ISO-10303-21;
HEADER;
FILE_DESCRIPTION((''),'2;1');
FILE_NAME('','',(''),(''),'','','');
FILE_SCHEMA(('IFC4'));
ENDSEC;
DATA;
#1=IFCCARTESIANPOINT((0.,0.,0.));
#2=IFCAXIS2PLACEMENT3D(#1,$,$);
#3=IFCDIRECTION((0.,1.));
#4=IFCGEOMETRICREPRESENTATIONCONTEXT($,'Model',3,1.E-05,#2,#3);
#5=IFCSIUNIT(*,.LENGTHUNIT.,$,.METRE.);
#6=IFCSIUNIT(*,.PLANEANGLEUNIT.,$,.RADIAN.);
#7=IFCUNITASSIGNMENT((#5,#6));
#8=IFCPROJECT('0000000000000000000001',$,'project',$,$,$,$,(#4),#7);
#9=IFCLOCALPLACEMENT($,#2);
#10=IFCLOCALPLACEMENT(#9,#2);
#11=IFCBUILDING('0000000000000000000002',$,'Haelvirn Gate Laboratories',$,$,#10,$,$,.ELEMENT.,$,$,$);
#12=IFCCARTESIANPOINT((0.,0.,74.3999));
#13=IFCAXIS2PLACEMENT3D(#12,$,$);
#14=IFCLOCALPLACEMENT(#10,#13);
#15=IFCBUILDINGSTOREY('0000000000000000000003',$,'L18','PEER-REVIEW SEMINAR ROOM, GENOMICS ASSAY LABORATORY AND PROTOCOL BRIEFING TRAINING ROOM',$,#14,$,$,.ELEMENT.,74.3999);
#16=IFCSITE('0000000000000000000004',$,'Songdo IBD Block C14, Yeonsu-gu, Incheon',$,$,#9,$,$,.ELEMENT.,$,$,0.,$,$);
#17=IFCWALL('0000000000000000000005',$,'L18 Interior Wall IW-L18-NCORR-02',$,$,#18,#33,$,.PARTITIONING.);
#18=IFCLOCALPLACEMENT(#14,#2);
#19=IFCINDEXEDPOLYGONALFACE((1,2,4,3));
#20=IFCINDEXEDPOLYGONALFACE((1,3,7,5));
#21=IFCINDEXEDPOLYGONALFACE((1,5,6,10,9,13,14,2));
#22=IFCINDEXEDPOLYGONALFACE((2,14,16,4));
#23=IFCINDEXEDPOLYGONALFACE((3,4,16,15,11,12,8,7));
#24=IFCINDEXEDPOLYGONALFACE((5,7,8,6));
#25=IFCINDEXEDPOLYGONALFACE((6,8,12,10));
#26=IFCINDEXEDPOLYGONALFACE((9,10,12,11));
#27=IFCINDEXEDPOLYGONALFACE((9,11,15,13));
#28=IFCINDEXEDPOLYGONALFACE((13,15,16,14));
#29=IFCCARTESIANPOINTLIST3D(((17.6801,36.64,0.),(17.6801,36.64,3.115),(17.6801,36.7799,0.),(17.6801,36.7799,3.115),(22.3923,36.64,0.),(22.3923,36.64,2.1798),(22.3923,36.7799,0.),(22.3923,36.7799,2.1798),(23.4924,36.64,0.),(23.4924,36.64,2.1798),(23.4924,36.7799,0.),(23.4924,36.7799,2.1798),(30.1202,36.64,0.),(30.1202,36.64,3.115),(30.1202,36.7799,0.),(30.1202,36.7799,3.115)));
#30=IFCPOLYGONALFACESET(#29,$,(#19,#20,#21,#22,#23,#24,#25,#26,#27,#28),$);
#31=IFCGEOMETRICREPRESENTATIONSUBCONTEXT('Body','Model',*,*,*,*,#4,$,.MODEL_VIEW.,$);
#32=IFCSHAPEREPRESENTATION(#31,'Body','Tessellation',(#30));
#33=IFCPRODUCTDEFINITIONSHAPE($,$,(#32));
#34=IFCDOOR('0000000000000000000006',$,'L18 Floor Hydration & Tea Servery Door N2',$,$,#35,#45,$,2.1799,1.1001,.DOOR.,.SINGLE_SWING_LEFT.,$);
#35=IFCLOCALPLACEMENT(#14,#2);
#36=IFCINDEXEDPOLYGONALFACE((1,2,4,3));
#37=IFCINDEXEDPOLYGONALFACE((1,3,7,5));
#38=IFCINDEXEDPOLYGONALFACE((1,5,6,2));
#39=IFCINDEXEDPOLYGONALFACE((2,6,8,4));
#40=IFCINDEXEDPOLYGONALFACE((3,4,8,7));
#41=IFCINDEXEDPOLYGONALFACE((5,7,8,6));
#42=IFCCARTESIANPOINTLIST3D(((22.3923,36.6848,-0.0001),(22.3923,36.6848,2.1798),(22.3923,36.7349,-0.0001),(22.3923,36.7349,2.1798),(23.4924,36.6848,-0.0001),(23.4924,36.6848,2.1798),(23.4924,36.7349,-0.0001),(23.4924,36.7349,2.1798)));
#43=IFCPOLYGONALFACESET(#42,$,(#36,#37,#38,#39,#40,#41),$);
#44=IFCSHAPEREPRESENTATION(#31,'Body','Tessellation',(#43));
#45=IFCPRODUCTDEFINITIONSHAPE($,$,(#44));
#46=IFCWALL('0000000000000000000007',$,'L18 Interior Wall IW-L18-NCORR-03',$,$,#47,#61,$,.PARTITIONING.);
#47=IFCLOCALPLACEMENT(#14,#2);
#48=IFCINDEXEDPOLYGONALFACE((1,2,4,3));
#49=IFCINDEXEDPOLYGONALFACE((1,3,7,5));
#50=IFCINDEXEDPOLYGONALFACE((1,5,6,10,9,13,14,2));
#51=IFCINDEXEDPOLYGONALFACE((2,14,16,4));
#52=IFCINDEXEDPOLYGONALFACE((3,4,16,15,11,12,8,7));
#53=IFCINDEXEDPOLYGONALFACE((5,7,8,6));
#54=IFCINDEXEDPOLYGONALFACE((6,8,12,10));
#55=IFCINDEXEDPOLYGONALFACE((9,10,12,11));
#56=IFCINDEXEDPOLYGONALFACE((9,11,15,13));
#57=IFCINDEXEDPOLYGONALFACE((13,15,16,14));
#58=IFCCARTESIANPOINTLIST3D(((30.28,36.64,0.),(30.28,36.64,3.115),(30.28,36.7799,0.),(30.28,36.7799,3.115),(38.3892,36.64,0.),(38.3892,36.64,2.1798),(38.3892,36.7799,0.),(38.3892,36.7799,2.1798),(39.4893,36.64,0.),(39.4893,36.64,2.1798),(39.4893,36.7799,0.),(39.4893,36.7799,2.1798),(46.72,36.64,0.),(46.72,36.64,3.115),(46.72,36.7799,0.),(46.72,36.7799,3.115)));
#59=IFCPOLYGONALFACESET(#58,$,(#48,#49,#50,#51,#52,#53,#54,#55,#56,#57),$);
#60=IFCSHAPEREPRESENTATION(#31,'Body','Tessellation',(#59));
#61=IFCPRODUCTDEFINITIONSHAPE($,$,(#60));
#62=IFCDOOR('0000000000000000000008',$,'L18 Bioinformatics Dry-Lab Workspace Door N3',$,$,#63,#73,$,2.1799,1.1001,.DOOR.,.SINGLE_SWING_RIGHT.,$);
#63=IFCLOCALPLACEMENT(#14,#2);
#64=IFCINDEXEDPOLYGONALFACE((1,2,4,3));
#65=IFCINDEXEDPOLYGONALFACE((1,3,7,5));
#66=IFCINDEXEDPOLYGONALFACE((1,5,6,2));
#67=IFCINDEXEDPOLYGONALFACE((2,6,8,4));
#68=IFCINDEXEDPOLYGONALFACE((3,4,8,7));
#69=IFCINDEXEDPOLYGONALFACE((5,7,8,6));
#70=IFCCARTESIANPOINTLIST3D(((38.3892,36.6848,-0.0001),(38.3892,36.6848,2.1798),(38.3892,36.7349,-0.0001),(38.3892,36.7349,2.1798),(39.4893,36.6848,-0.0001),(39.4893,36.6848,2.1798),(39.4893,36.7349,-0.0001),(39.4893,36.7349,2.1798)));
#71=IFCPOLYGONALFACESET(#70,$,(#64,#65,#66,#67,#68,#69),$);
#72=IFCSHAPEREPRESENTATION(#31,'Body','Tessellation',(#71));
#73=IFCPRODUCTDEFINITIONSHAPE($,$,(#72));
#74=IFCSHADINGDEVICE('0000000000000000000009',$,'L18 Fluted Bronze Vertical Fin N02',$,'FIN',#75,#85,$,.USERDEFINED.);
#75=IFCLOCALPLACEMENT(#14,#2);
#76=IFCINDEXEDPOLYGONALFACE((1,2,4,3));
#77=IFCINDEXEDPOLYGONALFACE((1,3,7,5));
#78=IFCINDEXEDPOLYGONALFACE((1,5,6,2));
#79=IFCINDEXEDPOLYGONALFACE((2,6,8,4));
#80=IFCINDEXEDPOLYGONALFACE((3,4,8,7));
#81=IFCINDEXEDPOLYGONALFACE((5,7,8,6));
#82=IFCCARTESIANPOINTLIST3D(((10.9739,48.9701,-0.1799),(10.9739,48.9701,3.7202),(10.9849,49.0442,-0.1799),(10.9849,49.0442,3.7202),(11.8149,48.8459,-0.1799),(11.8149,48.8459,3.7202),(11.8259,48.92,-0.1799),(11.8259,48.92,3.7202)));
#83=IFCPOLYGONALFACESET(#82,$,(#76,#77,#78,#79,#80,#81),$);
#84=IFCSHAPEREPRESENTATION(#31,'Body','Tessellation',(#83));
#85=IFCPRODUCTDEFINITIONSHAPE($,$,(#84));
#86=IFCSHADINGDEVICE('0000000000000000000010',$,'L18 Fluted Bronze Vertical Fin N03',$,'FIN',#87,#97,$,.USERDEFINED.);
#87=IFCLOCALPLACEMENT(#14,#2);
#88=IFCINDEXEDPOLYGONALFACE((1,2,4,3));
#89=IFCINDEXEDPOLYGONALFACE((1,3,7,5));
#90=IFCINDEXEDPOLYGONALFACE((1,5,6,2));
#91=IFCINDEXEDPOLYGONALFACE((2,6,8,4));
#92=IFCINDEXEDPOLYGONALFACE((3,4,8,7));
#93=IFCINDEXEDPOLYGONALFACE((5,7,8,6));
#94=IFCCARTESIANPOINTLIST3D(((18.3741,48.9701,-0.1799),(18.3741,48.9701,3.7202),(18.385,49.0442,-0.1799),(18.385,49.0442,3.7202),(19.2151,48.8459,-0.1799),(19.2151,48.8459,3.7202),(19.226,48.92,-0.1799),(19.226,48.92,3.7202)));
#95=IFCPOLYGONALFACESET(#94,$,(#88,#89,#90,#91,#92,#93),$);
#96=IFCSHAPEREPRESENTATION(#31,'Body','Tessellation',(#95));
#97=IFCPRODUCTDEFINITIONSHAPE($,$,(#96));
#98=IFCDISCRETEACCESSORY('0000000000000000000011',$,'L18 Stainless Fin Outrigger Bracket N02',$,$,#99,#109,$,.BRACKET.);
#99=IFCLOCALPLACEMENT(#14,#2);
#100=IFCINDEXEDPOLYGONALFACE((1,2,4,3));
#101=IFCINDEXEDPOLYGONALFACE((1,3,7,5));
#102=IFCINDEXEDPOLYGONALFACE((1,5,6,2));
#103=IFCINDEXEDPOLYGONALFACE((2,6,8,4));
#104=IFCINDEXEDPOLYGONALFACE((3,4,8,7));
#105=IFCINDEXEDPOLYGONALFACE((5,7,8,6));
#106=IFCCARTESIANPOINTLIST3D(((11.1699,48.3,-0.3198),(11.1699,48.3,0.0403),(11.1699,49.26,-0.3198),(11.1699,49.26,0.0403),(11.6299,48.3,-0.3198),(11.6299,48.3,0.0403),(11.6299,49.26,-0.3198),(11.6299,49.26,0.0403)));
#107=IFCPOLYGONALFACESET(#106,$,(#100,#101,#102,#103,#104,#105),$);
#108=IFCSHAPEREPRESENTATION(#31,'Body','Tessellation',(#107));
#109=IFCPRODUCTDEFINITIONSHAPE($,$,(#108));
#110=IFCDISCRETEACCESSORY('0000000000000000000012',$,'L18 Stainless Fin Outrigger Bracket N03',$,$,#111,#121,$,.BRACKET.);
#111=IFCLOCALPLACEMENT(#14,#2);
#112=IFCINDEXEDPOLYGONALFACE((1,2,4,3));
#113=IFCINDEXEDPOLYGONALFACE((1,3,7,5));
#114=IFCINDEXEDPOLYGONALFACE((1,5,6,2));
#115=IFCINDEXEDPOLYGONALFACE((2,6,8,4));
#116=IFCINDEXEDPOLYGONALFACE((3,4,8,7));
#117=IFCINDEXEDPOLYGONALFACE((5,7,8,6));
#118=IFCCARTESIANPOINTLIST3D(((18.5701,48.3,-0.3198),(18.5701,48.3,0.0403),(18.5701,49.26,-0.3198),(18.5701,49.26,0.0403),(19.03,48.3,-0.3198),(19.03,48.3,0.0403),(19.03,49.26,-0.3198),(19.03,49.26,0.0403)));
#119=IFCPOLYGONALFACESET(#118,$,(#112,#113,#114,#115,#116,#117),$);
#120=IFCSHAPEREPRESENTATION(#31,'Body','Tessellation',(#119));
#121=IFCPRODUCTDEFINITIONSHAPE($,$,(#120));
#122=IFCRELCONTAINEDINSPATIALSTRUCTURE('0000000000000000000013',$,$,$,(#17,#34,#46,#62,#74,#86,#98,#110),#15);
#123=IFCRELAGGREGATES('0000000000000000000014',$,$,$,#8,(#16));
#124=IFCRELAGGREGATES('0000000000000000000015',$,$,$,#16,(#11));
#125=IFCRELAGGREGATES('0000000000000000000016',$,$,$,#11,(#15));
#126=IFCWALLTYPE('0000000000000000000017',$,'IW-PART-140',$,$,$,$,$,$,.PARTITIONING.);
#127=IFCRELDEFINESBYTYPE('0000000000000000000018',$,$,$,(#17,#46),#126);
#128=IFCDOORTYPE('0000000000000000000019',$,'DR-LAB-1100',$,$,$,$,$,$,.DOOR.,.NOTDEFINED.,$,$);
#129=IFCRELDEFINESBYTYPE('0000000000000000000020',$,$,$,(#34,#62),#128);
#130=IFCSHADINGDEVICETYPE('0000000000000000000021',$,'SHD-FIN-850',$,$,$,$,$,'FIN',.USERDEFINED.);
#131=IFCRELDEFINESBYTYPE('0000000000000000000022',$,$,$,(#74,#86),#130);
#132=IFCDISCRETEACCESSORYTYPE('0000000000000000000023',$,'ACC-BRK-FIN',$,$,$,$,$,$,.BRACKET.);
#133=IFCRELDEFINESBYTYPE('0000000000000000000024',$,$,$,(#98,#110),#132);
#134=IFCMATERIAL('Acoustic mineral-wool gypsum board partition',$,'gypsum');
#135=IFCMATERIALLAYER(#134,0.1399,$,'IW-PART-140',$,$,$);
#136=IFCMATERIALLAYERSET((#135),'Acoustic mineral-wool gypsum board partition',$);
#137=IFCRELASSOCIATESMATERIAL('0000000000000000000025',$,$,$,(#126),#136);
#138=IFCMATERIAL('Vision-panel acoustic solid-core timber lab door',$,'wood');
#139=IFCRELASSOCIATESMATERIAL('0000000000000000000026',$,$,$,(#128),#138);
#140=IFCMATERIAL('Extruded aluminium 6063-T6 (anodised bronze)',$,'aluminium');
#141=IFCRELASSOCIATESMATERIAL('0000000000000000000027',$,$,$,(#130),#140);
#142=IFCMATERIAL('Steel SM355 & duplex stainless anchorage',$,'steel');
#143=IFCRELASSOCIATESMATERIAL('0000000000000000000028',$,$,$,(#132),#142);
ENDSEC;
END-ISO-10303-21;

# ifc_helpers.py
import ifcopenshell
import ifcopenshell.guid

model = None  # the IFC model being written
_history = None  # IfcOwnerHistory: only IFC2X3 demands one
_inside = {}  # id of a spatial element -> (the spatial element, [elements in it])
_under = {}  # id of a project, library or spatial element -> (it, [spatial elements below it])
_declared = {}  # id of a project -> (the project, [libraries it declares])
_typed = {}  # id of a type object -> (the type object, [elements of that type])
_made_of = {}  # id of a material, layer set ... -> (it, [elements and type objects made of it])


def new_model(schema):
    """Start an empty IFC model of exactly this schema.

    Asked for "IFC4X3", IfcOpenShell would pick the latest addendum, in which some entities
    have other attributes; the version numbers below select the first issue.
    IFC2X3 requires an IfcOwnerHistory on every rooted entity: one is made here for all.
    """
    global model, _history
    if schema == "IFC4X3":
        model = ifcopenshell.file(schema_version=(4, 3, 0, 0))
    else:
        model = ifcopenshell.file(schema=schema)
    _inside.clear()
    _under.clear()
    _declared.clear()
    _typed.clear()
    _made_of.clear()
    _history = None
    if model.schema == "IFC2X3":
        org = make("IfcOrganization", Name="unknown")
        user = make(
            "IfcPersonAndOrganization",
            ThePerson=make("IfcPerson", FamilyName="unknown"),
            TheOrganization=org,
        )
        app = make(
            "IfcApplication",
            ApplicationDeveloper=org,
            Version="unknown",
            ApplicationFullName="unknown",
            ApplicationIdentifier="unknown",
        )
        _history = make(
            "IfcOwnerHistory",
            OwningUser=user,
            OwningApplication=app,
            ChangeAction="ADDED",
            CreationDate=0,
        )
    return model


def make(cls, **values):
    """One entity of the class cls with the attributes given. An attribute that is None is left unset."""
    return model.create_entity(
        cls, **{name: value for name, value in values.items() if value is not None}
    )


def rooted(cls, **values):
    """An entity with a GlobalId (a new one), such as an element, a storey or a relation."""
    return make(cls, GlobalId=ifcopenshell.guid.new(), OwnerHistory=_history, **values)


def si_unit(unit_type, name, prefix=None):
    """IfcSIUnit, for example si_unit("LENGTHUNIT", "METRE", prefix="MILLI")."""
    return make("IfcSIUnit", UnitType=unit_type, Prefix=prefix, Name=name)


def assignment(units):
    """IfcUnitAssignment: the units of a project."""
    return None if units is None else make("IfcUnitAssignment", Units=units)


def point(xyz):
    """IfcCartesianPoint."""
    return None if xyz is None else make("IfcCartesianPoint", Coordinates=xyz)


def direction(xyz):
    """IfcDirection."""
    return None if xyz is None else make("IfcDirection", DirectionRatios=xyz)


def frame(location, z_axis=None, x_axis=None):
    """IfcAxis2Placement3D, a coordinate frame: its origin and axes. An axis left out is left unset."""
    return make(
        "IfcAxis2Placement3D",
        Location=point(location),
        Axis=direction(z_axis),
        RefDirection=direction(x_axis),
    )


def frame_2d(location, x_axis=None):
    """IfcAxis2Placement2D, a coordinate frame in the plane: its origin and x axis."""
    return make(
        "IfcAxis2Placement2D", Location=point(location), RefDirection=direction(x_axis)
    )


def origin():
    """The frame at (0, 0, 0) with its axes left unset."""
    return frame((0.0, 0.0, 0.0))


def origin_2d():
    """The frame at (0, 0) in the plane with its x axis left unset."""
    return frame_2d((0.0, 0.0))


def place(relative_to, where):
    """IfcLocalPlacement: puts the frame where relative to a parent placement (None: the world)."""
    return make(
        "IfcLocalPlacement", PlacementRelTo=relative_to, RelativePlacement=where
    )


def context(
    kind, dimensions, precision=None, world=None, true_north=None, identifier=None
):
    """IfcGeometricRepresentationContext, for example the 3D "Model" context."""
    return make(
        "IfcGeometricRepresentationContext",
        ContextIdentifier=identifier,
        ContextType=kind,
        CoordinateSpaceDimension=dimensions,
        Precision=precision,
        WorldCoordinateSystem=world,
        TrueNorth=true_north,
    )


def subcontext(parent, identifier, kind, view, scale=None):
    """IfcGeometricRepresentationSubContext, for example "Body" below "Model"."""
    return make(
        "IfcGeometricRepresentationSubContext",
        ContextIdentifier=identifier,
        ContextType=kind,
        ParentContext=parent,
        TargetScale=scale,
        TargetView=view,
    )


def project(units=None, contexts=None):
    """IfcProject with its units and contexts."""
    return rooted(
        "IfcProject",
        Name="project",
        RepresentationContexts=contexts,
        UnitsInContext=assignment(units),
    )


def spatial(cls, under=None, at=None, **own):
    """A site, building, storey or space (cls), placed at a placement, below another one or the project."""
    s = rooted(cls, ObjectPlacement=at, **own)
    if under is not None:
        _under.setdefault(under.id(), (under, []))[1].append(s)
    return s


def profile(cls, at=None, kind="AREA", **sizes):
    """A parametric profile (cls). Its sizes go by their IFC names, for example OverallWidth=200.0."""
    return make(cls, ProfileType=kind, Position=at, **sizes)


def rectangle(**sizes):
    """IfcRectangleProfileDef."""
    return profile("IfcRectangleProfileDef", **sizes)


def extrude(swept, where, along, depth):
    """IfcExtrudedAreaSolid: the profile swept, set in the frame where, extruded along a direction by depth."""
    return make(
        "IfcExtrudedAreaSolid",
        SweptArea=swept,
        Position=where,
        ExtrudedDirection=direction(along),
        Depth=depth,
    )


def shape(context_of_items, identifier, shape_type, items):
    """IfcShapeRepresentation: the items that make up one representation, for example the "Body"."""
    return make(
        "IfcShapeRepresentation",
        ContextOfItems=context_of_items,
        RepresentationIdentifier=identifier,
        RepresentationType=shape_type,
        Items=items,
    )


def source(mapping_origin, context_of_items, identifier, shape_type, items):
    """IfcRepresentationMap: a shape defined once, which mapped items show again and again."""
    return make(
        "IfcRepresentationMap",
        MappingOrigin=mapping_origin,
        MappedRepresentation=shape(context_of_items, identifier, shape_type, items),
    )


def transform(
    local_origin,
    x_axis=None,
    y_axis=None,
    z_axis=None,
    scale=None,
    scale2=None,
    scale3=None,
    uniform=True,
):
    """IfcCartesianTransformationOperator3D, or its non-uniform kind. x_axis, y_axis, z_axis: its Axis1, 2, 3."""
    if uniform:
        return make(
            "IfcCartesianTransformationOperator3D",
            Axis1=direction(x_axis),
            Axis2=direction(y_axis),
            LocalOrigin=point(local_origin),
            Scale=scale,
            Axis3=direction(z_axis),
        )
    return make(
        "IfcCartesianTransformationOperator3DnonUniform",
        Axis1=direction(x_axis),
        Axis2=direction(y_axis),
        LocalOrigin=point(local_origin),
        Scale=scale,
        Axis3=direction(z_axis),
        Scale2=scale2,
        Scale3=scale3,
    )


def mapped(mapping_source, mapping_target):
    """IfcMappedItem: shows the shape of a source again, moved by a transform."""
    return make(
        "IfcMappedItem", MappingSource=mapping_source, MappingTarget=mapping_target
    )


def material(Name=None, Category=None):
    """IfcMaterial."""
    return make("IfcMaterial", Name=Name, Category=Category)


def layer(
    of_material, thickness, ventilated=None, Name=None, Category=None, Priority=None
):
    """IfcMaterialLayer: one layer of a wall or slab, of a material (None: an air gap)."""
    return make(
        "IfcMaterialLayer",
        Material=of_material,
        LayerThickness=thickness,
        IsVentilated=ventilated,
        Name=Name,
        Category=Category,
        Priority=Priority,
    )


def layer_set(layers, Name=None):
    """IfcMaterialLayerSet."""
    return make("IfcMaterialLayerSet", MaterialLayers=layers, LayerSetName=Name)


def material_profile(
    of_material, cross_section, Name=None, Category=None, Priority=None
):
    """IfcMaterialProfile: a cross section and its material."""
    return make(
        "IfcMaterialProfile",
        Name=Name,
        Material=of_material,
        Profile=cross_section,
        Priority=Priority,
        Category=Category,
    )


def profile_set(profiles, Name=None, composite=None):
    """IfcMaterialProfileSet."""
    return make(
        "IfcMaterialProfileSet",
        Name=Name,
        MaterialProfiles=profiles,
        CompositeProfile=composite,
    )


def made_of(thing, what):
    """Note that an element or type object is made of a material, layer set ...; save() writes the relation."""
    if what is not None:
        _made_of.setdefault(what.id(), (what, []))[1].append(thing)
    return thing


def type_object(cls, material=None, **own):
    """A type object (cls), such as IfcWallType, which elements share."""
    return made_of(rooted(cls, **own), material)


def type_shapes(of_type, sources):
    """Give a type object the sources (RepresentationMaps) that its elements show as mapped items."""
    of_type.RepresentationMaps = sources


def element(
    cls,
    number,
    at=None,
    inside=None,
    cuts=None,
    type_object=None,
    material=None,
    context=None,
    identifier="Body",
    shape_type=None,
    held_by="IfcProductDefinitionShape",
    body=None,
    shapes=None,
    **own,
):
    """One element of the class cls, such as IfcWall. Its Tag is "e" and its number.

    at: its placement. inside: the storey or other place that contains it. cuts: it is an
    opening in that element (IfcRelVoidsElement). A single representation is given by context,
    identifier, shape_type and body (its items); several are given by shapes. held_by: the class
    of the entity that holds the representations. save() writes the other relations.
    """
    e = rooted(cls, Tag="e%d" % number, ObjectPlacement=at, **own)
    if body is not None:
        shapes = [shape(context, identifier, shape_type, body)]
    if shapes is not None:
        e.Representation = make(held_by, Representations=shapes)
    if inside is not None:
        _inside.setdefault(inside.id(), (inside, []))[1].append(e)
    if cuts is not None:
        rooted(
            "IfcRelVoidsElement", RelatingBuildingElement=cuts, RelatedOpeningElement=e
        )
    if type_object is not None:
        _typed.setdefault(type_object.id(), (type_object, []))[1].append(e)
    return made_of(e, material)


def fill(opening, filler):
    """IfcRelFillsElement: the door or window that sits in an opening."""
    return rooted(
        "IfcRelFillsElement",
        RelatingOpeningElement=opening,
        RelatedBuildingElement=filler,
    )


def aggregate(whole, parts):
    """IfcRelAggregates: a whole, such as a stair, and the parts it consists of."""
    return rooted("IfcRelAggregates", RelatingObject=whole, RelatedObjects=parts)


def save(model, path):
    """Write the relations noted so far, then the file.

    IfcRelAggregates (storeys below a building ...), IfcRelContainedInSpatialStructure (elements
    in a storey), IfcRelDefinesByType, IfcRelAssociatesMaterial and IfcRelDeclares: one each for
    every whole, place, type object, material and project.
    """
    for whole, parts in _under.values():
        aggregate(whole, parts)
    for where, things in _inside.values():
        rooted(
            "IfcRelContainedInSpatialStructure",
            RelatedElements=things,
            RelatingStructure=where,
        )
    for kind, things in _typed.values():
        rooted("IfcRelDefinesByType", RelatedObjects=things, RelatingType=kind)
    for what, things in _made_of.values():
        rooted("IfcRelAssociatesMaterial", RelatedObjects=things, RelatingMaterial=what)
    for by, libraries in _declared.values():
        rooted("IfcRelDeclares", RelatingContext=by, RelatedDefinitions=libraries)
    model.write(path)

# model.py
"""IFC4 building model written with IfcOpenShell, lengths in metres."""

from ifc_helpers import new_model, si_unit, direction, frame, frame_2d, origin, origin_2d, place, context, subcontext, project, spatial, rectangle, extrude, source, transform, mapped, material, layer, layer_set, material_profile, profile_set, type_object, type_shapes, element, fill, save


model = new_model("IFC4")

# Units and contexts
model_context = context("Model", 3, precision=1e-05, world=origin(), true_north=direction((0.0, 1.0)))
body_context = subcontext(model_context, "Body", "Model", "MODEL_VIEW")
ifc_project = project(units=[si_unit("LENGTHUNIT", "METRE"), si_unit("PLANEANGLEUNIT", "RADIAN")], contexts=[model_context])

# Site, building, storey
site_placement = place(None, origin())
site = spatial("IfcSite", under=ifc_project, at=site_placement, Name="Songdo IBD Block C14, Yeonsu-gu, Incheon", CompositionType="ELEMENT", RefElevation=0.0)
building_placement = place(site_placement, origin())
building = spatial("IfcBuilding", under=site, at=building_placement, Name="Haelvirn Gate Laboratories", CompositionType="ELEMENT")
storey_placement = place(building_placement, frame((0.0, 0.0, 74.3999)))
storey = spatial("IfcBuildingStorey", under=building, at=storey_placement, Name="L18", Description="PEER-REVIEW SEMINAR ROOM, GENOMICS ASSAY LABORATORY AND PROTOCOL BRIEFING TRAINING ROOM", CompositionType="ELEMENT", Elevation=74.3999)

# Shared definitions
ifc_material_1 = material(Name="Extruded aluminium 6063-T6 (anodised bronze)", Category="aluminium")

# Walls, openings, doors
ifc_material_2 = material(Name="Acoustic mineral-wool gypsum board partition", Category="gypsum")
ifc_layer_1 = layer(ifc_material_2, 0.1399, Name="IW-PART-140")
ifc_layer_set_1 = layer_set([ifc_layer_1], Name="Acoustic mineral-wool gypsum board partition")
wall_type_1 = type_object("IfcWallType", Name="IW-PART-140", PredefinedType="PARTITIONING", material=ifc_layer_set_1)
wall_1_placement = place(storey_placement, frame((17.6799, 36.71, 0.0), z_axis=(0.0, 0.0, 1.0), x_axis=(1.0, 0.0, 0.0)))
wall_1 = element("IfcWall", 1, at=wall_1_placement, inside=storey, type_object=wall_type_1, Name="L18 Interior Wall IW-L18-NCORR-02", PredefinedType="PARTITIONING", context=body_context, shape_type="SweptSolid", body=[
    extrude(rectangle(XDim=12.4402, YDim=0.1399, at=frame_2d((6.2202, 0.0))), origin(), (0.0, 0.0, 1.0), 3.115),
])
opening_1_placement = place(wall_1_placement, frame((4.7124, 0.0, 0.0)))
opening_1 = element("IfcOpeningElement", 2, at=opening_1_placement, cuts=wall_1, PredefinedType="OPENING", context=body_context, shape_type="SweptSolid", body=[
    extrude(rectangle(XDim=1.1001, YDim=2.1799, at=frame_2d((0.55, 1.0898))), frame((0.0, 0.0801, 0.0), z_axis=(0.0, -1.0, 0.0), x_axis=(1.0, 0.0, 0.0)), (0.0, 0.0, 1.0), 0.1599),
])
ifc_material_3 = material(Name="Vision-panel acoustic solid-core timber lab door", Category="wood")
door_type = type_object("IfcDoorType", Name="DR-LAB-1100", OperationType="NOTDEFINED", PredefinedType="DOOR", material=ifc_material_3)
shared_shape_1 = source(origin(), body_context, "Body", "SweptSolid", [
    extrude(rectangle(XDim=1.1001, YDim=2.1799, at=frame_2d((0.55, 1.0898))), frame((0.0, 0.0249, 0.0), z_axis=(0.0, -1.0, 0.0), x_axis=(1.0, 0.0, 0.0)), (0.0, 0.0, 1.0), 0.05),
])
type_shapes(door_type, [shared_shape_1])
door_1_placement = place(opening_1_placement, origin())
door_1 = element("IfcDoor", 3, at=door_1_placement, inside=storey, type_object=door_type, Name="L18 Floor Hydration & Tea Servery Door N2", OperationType="SINGLE_SWING_LEFT", OverallHeight=2.1799, OverallWidth=1.1001, PredefinedType="DOOR", context=body_context, shape_type="MappedRepresentation", body=[
    mapped(shared_shape_1, transform((0.0, 0.0, 0.0), scale=1.0)),
])
fill(opening_1, door_1)
wall_2_placement = place(storey_placement, frame((30.28, 36.71, 0.0), z_axis=(0.0, 0.0, 1.0), x_axis=(1.0, 0.0, 0.0)))
wall_2 = element("IfcWall", 4, at=wall_2_placement, inside=storey, type_object=wall_type_1, Name="L18 Interior Wall IW-L18-NCORR-03", PredefinedType="PARTITIONING", context=body_context, shape_type="SweptSolid", body=[
    extrude(rectangle(XDim=16.4399, YDim=0.1399, at=frame_2d((8.22, 0.0))), origin(), (0.0, 0.0, 1.0), 3.115),
])
opening_2_placement = place(wall_2_placement, frame((8.1091, 0.0, 0.0)))
opening_2 = element("IfcOpeningElement", 5, at=opening_2_placement, cuts=wall_2, PredefinedType="OPENING", context=body_context, shape_type="SweptSolid", body=[
    extrude(rectangle(XDim=1.1001, YDim=2.1799, at=frame_2d((0.55, 1.0898))), frame((0.0, 0.0801, 0.0), z_axis=(0.0, -1.0, 0.0), x_axis=(1.0, 0.0, 0.0)), (0.0, 0.0, 1.0), 0.1599),
])
door_2_placement = place(opening_2_placement, origin())
door_2 = element("IfcDoor", 6, at=door_2_placement, inside=storey, type_object=door_type, Name="L18 Bioinformatics Dry-Lab Workspace Door N3", OperationType="SINGLE_SWING_RIGHT", OverallHeight=2.1799, OverallWidth=1.1001, PredefinedType="DOOR", context=body_context, shape_type="MappedRepresentation", body=[
    mapped(shared_shape_1, transform((0.0, 0.0, 0.0), scale=1.0)),
])
fill(opening_2, door_2)

# Shading devices
ifc_material_profile_1 = material_profile(ifc_material_1, rectangle(XDim=0.075, YDim=0.8501, at=origin_2d()), Name="FIN-850x75")
ifc_profile_set_1 = profile_set([ifc_material_profile_1], Name="Extruded aluminium 6063-T6 (anodised bronze)")
shading_device_type = type_object("IfcShadingDeviceType", Name="SHD-FIN-850", ElementType="FIN", PredefinedType="USERDEFINED", material=ifc_profile_set_1)
shared_shape_2 = source(origin(), body_context, "Body", "SweptSolid", [
    extrude(rectangle(XDim=0.075, YDim=0.8501, at=origin_2d()), origin(), (0.0, 0.0, 1.0), 3.9001),
])
type_shapes(shading_device_type, [shared_shape_2])
for number, where, z_axis, x_axis, name in (
    (7, (11.3999, 48.9451, -0.1799), (0.0, 0.0, 1.0), (0.146083, 0.989272, 0.0), "L18 Fluted Bronze Vertical Fin N02"),
    (8, (18.8, 48.9451, -0.1799), (0.0, 0.0, 1.0), (0.146083, 0.989272, 0.0), "L18 Fluted Bronze Vertical Fin N03"),
):
    element("IfcShadingDevice", number, at=place(storey_placement, frame(where, z_axis=z_axis, x_axis=x_axis)), inside=storey, type_object=shading_device_type, Name=name, ObjectType="FIN", PredefinedType="USERDEFINED", context=body_context, shape_type="MappedRepresentation", body=[
        mapped(shared_shape_2, transform((0.0, 0.0, 0.0), scale=1.0)),
    ])

# Discrete accessories
ifc_material_4 = material(Name="Steel SM355 & duplex stainless anchorage", Category="steel")
discrete_accessory_type = type_object("IfcDiscreteAccessoryType", Name="ACC-BRK-FIN", PredefinedType="BRACKET", material=ifc_material_4)
shared_shape_3 = source(origin(), body_context, "Body", "SweptSolid", [
    extrude(rectangle(XDim=0.46, YDim=0.96, at=origin_2d()), origin(), (0.0, 0.0, 1.0), 0.3601),
])
type_shapes(discrete_accessory_type, [shared_shape_3])
for number, where, z_axis, x_axis, name in (
    (9, (11.3999, 48.78, -0.3198), (0.0, 0.0, 1.0), (1.0, 0.0, 0.0), "L18 Stainless Fin Outrigger Bracket N02"),
    (10, (18.8, 48.78, -0.3198), (0.0, 0.0, 1.0), (1.0, 0.0, 0.0), "L18 Stainless Fin Outrigger Bracket N03"),
):
    element("IfcDiscreteAccessory", number, at=place(storey_placement, frame(where, z_axis=z_axis, x_axis=x_axis)), inside=storey, type_object=discrete_accessory_type, Name=name, PredefinedType="BRACKET", context=body_context, shape_type="MappedRepresentation", body=[
        mapped(shared_shape_3, transform((0.0, 0.0, 0.0), scale=1.0)),
    ])

save(model, "model.ifc")
